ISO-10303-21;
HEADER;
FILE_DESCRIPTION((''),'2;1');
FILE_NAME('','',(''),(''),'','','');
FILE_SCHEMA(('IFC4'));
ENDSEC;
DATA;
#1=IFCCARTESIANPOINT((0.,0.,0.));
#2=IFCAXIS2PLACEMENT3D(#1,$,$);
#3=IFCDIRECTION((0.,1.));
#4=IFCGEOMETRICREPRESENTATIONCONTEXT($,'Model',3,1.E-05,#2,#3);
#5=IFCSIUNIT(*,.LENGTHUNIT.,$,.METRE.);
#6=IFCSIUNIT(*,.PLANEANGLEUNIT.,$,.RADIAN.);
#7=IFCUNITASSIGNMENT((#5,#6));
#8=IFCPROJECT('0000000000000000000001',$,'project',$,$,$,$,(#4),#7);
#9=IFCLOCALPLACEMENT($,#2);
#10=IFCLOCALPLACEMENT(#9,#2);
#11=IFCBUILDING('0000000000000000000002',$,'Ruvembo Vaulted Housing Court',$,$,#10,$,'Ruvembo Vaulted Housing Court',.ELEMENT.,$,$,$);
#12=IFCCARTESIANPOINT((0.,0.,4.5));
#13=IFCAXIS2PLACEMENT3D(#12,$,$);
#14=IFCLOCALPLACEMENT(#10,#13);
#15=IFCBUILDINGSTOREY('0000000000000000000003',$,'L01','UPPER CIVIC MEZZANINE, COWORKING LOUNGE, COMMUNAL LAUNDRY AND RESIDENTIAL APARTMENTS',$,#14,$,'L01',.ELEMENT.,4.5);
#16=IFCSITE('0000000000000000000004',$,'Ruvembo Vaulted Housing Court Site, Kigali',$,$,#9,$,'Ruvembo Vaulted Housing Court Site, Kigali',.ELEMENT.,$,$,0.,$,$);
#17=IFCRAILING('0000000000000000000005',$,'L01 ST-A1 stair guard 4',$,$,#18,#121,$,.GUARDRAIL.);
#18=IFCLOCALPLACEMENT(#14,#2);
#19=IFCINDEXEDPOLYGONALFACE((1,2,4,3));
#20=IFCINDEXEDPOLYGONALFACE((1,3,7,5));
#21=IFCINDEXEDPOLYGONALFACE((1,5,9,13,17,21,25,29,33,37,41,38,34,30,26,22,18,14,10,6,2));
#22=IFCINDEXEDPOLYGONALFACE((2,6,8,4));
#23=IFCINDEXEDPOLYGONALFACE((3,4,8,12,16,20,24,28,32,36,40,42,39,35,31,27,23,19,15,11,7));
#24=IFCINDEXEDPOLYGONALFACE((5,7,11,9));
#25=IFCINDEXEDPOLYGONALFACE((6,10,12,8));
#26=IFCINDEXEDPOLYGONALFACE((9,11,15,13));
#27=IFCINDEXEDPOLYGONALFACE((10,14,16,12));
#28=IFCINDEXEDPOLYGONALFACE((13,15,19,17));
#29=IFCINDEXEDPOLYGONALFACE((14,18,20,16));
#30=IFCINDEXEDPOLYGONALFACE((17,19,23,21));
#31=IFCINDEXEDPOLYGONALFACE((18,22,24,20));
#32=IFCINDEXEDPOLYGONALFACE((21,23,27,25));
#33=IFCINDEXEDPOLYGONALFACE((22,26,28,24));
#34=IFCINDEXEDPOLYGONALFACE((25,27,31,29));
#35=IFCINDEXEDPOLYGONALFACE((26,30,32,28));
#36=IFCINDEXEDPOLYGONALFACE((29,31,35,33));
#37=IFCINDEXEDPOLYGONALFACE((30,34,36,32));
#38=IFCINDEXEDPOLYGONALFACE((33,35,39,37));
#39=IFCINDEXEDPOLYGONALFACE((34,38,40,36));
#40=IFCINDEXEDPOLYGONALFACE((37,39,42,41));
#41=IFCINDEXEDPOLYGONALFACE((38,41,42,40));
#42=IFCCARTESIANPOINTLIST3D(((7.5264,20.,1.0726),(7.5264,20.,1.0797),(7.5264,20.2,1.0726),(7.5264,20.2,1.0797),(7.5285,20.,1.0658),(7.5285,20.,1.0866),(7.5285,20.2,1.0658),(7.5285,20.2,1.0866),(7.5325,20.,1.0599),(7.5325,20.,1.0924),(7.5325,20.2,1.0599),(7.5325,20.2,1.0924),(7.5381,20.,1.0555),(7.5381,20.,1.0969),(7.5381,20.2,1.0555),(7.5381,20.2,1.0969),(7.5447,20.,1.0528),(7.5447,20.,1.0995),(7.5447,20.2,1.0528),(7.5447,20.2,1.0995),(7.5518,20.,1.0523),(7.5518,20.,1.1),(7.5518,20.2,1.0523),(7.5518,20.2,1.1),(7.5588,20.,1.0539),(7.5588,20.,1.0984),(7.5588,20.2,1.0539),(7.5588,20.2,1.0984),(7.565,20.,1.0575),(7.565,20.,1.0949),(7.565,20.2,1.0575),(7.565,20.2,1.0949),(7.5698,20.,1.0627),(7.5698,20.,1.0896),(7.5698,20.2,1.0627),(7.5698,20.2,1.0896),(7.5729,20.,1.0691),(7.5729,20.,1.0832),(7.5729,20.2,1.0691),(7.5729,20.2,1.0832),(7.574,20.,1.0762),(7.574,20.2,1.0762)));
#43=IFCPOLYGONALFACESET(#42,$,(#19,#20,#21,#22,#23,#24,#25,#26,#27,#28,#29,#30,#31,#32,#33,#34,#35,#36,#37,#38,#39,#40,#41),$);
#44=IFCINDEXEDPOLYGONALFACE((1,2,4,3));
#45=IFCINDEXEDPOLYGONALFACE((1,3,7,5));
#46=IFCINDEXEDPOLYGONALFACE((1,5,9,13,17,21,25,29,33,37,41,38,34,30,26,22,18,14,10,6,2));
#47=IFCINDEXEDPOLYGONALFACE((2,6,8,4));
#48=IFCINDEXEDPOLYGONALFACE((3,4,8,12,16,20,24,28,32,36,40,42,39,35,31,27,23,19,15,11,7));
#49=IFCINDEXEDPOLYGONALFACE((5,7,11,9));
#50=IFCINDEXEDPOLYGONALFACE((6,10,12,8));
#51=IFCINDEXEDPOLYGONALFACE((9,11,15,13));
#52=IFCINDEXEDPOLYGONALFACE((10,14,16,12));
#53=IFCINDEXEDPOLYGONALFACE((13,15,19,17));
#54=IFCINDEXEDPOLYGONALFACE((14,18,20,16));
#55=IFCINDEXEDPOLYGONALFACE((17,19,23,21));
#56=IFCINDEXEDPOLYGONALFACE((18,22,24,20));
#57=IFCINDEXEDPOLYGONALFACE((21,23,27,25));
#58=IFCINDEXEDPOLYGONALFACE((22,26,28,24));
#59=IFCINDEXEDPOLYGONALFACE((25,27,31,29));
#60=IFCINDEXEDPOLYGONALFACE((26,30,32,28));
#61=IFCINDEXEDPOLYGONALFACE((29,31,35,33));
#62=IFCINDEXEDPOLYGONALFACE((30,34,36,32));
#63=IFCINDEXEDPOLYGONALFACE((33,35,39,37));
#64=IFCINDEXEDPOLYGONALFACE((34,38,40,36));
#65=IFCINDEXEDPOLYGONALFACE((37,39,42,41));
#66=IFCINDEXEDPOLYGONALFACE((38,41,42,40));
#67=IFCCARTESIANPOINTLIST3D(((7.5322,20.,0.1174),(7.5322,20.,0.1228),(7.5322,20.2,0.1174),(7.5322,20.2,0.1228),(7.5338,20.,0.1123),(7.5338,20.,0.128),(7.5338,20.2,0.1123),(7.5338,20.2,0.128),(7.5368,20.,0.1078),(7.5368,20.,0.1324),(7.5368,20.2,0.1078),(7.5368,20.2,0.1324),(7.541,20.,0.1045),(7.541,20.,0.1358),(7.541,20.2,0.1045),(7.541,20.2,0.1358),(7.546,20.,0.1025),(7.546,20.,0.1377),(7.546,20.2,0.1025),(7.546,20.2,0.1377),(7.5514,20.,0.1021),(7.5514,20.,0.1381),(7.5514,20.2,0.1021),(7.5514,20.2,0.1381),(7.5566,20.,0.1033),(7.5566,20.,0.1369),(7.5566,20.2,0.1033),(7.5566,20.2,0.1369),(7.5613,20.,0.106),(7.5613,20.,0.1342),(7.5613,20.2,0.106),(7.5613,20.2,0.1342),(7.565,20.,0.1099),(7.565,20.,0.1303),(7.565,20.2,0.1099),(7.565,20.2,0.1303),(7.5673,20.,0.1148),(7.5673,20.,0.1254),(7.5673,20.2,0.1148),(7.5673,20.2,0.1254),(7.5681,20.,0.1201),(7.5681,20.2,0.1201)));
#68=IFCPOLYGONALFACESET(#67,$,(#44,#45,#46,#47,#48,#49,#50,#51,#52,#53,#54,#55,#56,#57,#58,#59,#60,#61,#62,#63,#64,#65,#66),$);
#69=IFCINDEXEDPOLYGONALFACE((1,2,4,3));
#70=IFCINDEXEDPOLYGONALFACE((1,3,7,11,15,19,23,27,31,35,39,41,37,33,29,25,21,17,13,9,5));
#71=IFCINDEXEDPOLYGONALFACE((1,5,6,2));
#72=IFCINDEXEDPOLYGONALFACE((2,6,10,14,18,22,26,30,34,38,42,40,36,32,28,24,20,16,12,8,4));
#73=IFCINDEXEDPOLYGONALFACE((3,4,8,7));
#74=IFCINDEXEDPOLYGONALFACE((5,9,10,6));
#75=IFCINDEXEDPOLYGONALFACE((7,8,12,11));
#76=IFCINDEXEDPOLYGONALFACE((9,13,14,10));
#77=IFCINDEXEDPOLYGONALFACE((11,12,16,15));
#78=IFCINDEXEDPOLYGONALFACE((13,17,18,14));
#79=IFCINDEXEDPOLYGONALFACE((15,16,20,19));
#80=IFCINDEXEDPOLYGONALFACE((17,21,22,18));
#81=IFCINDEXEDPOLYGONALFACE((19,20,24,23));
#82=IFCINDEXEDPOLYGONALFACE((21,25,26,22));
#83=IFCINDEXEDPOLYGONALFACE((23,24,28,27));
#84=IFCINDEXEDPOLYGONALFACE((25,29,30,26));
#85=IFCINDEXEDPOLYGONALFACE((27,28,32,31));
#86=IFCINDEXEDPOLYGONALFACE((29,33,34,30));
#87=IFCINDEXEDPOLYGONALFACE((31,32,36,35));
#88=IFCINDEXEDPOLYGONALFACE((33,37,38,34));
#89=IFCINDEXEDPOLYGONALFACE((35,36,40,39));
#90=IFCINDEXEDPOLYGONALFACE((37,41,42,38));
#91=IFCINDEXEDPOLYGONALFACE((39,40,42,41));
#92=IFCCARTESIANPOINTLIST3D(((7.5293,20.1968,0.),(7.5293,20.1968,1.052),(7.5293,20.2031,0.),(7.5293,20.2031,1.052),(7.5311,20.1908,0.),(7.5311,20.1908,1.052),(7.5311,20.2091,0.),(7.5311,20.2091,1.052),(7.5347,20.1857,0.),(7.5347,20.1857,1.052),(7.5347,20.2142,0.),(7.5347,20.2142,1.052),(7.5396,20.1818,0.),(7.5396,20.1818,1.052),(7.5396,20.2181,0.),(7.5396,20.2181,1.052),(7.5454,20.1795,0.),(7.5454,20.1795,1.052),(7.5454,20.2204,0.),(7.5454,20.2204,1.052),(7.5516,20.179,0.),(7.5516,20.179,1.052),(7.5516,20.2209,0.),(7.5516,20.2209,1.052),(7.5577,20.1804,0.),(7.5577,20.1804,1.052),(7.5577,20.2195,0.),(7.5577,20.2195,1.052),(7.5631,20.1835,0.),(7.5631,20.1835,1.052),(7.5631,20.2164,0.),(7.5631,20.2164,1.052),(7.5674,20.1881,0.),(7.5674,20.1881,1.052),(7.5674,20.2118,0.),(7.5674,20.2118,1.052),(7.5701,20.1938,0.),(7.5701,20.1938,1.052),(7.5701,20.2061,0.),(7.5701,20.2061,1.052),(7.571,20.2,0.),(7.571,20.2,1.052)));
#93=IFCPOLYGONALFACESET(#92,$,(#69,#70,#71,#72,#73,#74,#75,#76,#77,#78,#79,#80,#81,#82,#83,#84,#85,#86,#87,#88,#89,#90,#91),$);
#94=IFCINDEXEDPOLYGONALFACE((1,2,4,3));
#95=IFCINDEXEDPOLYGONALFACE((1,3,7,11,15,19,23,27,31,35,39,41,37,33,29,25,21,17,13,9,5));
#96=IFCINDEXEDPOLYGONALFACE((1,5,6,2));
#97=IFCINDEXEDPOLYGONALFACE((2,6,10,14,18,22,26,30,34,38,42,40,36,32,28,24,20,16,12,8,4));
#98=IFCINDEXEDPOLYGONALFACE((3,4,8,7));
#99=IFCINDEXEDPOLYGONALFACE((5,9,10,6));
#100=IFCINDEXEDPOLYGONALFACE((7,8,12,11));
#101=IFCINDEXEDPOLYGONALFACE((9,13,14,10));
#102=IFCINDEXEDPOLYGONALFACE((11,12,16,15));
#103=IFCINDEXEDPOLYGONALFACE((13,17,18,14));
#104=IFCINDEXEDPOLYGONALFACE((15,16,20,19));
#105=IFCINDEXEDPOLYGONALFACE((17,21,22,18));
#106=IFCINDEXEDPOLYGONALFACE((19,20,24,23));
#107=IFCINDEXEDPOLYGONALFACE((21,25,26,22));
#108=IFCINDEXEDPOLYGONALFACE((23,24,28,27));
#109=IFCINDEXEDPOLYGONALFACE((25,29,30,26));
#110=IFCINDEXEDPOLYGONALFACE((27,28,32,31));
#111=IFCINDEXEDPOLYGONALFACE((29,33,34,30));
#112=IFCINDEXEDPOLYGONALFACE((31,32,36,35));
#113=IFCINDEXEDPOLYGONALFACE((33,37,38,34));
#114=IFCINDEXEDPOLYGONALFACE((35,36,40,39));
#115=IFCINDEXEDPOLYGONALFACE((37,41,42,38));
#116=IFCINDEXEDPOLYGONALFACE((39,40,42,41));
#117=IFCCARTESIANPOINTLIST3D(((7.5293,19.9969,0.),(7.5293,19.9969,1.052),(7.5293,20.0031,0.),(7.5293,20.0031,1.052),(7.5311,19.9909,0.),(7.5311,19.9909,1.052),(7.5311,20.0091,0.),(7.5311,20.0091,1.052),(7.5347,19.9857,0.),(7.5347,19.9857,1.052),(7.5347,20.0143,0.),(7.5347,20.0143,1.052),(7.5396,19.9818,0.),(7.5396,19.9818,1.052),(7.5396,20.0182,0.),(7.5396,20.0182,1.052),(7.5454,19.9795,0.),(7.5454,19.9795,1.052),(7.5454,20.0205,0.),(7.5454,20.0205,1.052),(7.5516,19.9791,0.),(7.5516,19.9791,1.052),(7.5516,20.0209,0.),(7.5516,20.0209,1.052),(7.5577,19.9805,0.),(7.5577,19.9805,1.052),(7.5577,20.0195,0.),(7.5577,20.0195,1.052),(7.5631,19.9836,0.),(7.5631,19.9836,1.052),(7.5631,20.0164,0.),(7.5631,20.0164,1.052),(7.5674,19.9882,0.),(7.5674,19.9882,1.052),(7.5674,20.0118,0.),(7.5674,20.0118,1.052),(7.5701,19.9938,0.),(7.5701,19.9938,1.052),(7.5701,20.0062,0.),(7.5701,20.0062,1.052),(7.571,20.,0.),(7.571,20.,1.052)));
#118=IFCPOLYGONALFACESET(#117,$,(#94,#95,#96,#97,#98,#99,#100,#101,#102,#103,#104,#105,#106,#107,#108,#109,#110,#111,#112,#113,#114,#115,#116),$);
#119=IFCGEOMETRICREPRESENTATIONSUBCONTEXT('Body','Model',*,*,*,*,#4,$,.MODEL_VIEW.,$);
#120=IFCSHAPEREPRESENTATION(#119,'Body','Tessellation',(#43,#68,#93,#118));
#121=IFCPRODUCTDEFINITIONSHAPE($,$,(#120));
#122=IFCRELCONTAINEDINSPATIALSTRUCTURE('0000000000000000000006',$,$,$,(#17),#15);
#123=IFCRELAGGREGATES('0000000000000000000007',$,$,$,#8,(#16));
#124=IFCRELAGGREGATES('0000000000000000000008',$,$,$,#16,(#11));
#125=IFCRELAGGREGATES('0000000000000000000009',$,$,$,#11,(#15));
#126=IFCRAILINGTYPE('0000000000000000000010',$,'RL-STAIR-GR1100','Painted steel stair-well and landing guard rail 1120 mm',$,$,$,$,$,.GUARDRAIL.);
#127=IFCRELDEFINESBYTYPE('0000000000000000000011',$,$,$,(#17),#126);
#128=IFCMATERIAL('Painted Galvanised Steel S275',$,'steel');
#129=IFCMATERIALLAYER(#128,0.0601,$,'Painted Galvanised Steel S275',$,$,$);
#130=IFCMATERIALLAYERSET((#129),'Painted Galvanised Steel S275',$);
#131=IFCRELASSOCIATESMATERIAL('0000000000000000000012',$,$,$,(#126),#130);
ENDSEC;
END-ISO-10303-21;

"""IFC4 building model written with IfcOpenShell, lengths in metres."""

from ifc_helpers import new_model, si_unit, direction, frame, origin, origin_2d, place, context, subcontext, project, spatial, circle, extrude, material, layer, layer_set, type_object, element, save


model = new_model("IFC4")

# Units and contexts
model_context = context("Model", 3, precision=1e-05, world=origin(), true_north=direction((0.0, 1.0)))
body_context = subcontext(model_context, "Body", "Model", "MODEL_VIEW")
ifc_project = project(units=[si_unit("LENGTHUNIT", "METRE"), si_unit("PLANEANGLEUNIT", "RADIAN")], contexts=[model_context])

# Site, building, storey
site_placement = place(None, origin())
site = spatial("IfcSite", under=ifc_project, at=site_placement, Name="Ruvembo Vaulted Housing Court Site, Kigali", LongName="Ruvembo Vaulted Housing Court Site, Kigali", CompositionType="ELEMENT", RefElevation=0.0)
building_placement = place(site_placement, origin())
building = spatial("IfcBuilding", under=site, at=building_placement, Name="Ruvembo Vaulted Housing Court", LongName="Ruvembo Vaulted Housing Court", CompositionType="ELEMENT")
storey_placement = place(building_placement, frame((0.0, 0.0, 4.5)))
storey = spatial("IfcBuildingStorey", under=building, at=storey_placement, Name="L01", Description="UPPER CIVIC MEZZANINE, COWORKING LOUNGE, COMMUNAL LAUNDRY AND RESIDENTIAL APARTMENTS", LongName="L01", CompositionType="ELEMENT", Elevation=4.5)

# Railing
ifc_material_1 = material(Name="Painted Galvanised Steel S275", Category="steel")
ifc_layer_1 = layer(ifc_material_1, 0.0601, Name="Painted Galvanised Steel S275")
ifc_layer_set_1 = layer_set([ifc_layer_1], Name="Painted Galvanised Steel S275")
railing_type_1 = type_object("IfcRailingType", Name="RL-STAIR-GR1100", Description="Painted steel stair-well and landing guard rail 1120 mm", PredefinedType="GUARDRAIL", material=ifc_layer_set_1)
railing_1_placement = place(storey_placement, frame((7.55, 20.2, 0.0)))
element("IfcRailing", 1, at=railing_1_placement, inside=storey, type_object=railing_type_1, Name="L01 ST-A1 stair guard 4", PredefinedType="GUARDRAIL", context=body_context, shape_type="SweptSolid", body=[
    extrude(circle(Radius=0.0239, at=origin_2d()), frame((0.0, 0.0, 1.0762), z_axis=(0.0, -1.0, 0.0), x_axis=(1.0, 0.0, 0.0)), (0.0, 0.0, 1.0), 0.2),
    extrude(circle(Radius=0.0181, at=origin_2d()), frame((0.0, 0.0, 0.1201), z_axis=(0.0, -1.0, 0.0), x_axis=(1.0, 0.0, 0.0)), (0.0, 0.0, 1.0), 0.2),
    extrude(circle(Radius=0.021, at=origin_2d()), origin(), (0.0, 0.0, 1.0), 1.052),
    extrude(circle(Radius=0.021, at=origin_2d()), frame((0.0, -0.2, 0.0)), (0.0, 0.0, 1.0), 1.052),
])

save(model, "model.ifc")
